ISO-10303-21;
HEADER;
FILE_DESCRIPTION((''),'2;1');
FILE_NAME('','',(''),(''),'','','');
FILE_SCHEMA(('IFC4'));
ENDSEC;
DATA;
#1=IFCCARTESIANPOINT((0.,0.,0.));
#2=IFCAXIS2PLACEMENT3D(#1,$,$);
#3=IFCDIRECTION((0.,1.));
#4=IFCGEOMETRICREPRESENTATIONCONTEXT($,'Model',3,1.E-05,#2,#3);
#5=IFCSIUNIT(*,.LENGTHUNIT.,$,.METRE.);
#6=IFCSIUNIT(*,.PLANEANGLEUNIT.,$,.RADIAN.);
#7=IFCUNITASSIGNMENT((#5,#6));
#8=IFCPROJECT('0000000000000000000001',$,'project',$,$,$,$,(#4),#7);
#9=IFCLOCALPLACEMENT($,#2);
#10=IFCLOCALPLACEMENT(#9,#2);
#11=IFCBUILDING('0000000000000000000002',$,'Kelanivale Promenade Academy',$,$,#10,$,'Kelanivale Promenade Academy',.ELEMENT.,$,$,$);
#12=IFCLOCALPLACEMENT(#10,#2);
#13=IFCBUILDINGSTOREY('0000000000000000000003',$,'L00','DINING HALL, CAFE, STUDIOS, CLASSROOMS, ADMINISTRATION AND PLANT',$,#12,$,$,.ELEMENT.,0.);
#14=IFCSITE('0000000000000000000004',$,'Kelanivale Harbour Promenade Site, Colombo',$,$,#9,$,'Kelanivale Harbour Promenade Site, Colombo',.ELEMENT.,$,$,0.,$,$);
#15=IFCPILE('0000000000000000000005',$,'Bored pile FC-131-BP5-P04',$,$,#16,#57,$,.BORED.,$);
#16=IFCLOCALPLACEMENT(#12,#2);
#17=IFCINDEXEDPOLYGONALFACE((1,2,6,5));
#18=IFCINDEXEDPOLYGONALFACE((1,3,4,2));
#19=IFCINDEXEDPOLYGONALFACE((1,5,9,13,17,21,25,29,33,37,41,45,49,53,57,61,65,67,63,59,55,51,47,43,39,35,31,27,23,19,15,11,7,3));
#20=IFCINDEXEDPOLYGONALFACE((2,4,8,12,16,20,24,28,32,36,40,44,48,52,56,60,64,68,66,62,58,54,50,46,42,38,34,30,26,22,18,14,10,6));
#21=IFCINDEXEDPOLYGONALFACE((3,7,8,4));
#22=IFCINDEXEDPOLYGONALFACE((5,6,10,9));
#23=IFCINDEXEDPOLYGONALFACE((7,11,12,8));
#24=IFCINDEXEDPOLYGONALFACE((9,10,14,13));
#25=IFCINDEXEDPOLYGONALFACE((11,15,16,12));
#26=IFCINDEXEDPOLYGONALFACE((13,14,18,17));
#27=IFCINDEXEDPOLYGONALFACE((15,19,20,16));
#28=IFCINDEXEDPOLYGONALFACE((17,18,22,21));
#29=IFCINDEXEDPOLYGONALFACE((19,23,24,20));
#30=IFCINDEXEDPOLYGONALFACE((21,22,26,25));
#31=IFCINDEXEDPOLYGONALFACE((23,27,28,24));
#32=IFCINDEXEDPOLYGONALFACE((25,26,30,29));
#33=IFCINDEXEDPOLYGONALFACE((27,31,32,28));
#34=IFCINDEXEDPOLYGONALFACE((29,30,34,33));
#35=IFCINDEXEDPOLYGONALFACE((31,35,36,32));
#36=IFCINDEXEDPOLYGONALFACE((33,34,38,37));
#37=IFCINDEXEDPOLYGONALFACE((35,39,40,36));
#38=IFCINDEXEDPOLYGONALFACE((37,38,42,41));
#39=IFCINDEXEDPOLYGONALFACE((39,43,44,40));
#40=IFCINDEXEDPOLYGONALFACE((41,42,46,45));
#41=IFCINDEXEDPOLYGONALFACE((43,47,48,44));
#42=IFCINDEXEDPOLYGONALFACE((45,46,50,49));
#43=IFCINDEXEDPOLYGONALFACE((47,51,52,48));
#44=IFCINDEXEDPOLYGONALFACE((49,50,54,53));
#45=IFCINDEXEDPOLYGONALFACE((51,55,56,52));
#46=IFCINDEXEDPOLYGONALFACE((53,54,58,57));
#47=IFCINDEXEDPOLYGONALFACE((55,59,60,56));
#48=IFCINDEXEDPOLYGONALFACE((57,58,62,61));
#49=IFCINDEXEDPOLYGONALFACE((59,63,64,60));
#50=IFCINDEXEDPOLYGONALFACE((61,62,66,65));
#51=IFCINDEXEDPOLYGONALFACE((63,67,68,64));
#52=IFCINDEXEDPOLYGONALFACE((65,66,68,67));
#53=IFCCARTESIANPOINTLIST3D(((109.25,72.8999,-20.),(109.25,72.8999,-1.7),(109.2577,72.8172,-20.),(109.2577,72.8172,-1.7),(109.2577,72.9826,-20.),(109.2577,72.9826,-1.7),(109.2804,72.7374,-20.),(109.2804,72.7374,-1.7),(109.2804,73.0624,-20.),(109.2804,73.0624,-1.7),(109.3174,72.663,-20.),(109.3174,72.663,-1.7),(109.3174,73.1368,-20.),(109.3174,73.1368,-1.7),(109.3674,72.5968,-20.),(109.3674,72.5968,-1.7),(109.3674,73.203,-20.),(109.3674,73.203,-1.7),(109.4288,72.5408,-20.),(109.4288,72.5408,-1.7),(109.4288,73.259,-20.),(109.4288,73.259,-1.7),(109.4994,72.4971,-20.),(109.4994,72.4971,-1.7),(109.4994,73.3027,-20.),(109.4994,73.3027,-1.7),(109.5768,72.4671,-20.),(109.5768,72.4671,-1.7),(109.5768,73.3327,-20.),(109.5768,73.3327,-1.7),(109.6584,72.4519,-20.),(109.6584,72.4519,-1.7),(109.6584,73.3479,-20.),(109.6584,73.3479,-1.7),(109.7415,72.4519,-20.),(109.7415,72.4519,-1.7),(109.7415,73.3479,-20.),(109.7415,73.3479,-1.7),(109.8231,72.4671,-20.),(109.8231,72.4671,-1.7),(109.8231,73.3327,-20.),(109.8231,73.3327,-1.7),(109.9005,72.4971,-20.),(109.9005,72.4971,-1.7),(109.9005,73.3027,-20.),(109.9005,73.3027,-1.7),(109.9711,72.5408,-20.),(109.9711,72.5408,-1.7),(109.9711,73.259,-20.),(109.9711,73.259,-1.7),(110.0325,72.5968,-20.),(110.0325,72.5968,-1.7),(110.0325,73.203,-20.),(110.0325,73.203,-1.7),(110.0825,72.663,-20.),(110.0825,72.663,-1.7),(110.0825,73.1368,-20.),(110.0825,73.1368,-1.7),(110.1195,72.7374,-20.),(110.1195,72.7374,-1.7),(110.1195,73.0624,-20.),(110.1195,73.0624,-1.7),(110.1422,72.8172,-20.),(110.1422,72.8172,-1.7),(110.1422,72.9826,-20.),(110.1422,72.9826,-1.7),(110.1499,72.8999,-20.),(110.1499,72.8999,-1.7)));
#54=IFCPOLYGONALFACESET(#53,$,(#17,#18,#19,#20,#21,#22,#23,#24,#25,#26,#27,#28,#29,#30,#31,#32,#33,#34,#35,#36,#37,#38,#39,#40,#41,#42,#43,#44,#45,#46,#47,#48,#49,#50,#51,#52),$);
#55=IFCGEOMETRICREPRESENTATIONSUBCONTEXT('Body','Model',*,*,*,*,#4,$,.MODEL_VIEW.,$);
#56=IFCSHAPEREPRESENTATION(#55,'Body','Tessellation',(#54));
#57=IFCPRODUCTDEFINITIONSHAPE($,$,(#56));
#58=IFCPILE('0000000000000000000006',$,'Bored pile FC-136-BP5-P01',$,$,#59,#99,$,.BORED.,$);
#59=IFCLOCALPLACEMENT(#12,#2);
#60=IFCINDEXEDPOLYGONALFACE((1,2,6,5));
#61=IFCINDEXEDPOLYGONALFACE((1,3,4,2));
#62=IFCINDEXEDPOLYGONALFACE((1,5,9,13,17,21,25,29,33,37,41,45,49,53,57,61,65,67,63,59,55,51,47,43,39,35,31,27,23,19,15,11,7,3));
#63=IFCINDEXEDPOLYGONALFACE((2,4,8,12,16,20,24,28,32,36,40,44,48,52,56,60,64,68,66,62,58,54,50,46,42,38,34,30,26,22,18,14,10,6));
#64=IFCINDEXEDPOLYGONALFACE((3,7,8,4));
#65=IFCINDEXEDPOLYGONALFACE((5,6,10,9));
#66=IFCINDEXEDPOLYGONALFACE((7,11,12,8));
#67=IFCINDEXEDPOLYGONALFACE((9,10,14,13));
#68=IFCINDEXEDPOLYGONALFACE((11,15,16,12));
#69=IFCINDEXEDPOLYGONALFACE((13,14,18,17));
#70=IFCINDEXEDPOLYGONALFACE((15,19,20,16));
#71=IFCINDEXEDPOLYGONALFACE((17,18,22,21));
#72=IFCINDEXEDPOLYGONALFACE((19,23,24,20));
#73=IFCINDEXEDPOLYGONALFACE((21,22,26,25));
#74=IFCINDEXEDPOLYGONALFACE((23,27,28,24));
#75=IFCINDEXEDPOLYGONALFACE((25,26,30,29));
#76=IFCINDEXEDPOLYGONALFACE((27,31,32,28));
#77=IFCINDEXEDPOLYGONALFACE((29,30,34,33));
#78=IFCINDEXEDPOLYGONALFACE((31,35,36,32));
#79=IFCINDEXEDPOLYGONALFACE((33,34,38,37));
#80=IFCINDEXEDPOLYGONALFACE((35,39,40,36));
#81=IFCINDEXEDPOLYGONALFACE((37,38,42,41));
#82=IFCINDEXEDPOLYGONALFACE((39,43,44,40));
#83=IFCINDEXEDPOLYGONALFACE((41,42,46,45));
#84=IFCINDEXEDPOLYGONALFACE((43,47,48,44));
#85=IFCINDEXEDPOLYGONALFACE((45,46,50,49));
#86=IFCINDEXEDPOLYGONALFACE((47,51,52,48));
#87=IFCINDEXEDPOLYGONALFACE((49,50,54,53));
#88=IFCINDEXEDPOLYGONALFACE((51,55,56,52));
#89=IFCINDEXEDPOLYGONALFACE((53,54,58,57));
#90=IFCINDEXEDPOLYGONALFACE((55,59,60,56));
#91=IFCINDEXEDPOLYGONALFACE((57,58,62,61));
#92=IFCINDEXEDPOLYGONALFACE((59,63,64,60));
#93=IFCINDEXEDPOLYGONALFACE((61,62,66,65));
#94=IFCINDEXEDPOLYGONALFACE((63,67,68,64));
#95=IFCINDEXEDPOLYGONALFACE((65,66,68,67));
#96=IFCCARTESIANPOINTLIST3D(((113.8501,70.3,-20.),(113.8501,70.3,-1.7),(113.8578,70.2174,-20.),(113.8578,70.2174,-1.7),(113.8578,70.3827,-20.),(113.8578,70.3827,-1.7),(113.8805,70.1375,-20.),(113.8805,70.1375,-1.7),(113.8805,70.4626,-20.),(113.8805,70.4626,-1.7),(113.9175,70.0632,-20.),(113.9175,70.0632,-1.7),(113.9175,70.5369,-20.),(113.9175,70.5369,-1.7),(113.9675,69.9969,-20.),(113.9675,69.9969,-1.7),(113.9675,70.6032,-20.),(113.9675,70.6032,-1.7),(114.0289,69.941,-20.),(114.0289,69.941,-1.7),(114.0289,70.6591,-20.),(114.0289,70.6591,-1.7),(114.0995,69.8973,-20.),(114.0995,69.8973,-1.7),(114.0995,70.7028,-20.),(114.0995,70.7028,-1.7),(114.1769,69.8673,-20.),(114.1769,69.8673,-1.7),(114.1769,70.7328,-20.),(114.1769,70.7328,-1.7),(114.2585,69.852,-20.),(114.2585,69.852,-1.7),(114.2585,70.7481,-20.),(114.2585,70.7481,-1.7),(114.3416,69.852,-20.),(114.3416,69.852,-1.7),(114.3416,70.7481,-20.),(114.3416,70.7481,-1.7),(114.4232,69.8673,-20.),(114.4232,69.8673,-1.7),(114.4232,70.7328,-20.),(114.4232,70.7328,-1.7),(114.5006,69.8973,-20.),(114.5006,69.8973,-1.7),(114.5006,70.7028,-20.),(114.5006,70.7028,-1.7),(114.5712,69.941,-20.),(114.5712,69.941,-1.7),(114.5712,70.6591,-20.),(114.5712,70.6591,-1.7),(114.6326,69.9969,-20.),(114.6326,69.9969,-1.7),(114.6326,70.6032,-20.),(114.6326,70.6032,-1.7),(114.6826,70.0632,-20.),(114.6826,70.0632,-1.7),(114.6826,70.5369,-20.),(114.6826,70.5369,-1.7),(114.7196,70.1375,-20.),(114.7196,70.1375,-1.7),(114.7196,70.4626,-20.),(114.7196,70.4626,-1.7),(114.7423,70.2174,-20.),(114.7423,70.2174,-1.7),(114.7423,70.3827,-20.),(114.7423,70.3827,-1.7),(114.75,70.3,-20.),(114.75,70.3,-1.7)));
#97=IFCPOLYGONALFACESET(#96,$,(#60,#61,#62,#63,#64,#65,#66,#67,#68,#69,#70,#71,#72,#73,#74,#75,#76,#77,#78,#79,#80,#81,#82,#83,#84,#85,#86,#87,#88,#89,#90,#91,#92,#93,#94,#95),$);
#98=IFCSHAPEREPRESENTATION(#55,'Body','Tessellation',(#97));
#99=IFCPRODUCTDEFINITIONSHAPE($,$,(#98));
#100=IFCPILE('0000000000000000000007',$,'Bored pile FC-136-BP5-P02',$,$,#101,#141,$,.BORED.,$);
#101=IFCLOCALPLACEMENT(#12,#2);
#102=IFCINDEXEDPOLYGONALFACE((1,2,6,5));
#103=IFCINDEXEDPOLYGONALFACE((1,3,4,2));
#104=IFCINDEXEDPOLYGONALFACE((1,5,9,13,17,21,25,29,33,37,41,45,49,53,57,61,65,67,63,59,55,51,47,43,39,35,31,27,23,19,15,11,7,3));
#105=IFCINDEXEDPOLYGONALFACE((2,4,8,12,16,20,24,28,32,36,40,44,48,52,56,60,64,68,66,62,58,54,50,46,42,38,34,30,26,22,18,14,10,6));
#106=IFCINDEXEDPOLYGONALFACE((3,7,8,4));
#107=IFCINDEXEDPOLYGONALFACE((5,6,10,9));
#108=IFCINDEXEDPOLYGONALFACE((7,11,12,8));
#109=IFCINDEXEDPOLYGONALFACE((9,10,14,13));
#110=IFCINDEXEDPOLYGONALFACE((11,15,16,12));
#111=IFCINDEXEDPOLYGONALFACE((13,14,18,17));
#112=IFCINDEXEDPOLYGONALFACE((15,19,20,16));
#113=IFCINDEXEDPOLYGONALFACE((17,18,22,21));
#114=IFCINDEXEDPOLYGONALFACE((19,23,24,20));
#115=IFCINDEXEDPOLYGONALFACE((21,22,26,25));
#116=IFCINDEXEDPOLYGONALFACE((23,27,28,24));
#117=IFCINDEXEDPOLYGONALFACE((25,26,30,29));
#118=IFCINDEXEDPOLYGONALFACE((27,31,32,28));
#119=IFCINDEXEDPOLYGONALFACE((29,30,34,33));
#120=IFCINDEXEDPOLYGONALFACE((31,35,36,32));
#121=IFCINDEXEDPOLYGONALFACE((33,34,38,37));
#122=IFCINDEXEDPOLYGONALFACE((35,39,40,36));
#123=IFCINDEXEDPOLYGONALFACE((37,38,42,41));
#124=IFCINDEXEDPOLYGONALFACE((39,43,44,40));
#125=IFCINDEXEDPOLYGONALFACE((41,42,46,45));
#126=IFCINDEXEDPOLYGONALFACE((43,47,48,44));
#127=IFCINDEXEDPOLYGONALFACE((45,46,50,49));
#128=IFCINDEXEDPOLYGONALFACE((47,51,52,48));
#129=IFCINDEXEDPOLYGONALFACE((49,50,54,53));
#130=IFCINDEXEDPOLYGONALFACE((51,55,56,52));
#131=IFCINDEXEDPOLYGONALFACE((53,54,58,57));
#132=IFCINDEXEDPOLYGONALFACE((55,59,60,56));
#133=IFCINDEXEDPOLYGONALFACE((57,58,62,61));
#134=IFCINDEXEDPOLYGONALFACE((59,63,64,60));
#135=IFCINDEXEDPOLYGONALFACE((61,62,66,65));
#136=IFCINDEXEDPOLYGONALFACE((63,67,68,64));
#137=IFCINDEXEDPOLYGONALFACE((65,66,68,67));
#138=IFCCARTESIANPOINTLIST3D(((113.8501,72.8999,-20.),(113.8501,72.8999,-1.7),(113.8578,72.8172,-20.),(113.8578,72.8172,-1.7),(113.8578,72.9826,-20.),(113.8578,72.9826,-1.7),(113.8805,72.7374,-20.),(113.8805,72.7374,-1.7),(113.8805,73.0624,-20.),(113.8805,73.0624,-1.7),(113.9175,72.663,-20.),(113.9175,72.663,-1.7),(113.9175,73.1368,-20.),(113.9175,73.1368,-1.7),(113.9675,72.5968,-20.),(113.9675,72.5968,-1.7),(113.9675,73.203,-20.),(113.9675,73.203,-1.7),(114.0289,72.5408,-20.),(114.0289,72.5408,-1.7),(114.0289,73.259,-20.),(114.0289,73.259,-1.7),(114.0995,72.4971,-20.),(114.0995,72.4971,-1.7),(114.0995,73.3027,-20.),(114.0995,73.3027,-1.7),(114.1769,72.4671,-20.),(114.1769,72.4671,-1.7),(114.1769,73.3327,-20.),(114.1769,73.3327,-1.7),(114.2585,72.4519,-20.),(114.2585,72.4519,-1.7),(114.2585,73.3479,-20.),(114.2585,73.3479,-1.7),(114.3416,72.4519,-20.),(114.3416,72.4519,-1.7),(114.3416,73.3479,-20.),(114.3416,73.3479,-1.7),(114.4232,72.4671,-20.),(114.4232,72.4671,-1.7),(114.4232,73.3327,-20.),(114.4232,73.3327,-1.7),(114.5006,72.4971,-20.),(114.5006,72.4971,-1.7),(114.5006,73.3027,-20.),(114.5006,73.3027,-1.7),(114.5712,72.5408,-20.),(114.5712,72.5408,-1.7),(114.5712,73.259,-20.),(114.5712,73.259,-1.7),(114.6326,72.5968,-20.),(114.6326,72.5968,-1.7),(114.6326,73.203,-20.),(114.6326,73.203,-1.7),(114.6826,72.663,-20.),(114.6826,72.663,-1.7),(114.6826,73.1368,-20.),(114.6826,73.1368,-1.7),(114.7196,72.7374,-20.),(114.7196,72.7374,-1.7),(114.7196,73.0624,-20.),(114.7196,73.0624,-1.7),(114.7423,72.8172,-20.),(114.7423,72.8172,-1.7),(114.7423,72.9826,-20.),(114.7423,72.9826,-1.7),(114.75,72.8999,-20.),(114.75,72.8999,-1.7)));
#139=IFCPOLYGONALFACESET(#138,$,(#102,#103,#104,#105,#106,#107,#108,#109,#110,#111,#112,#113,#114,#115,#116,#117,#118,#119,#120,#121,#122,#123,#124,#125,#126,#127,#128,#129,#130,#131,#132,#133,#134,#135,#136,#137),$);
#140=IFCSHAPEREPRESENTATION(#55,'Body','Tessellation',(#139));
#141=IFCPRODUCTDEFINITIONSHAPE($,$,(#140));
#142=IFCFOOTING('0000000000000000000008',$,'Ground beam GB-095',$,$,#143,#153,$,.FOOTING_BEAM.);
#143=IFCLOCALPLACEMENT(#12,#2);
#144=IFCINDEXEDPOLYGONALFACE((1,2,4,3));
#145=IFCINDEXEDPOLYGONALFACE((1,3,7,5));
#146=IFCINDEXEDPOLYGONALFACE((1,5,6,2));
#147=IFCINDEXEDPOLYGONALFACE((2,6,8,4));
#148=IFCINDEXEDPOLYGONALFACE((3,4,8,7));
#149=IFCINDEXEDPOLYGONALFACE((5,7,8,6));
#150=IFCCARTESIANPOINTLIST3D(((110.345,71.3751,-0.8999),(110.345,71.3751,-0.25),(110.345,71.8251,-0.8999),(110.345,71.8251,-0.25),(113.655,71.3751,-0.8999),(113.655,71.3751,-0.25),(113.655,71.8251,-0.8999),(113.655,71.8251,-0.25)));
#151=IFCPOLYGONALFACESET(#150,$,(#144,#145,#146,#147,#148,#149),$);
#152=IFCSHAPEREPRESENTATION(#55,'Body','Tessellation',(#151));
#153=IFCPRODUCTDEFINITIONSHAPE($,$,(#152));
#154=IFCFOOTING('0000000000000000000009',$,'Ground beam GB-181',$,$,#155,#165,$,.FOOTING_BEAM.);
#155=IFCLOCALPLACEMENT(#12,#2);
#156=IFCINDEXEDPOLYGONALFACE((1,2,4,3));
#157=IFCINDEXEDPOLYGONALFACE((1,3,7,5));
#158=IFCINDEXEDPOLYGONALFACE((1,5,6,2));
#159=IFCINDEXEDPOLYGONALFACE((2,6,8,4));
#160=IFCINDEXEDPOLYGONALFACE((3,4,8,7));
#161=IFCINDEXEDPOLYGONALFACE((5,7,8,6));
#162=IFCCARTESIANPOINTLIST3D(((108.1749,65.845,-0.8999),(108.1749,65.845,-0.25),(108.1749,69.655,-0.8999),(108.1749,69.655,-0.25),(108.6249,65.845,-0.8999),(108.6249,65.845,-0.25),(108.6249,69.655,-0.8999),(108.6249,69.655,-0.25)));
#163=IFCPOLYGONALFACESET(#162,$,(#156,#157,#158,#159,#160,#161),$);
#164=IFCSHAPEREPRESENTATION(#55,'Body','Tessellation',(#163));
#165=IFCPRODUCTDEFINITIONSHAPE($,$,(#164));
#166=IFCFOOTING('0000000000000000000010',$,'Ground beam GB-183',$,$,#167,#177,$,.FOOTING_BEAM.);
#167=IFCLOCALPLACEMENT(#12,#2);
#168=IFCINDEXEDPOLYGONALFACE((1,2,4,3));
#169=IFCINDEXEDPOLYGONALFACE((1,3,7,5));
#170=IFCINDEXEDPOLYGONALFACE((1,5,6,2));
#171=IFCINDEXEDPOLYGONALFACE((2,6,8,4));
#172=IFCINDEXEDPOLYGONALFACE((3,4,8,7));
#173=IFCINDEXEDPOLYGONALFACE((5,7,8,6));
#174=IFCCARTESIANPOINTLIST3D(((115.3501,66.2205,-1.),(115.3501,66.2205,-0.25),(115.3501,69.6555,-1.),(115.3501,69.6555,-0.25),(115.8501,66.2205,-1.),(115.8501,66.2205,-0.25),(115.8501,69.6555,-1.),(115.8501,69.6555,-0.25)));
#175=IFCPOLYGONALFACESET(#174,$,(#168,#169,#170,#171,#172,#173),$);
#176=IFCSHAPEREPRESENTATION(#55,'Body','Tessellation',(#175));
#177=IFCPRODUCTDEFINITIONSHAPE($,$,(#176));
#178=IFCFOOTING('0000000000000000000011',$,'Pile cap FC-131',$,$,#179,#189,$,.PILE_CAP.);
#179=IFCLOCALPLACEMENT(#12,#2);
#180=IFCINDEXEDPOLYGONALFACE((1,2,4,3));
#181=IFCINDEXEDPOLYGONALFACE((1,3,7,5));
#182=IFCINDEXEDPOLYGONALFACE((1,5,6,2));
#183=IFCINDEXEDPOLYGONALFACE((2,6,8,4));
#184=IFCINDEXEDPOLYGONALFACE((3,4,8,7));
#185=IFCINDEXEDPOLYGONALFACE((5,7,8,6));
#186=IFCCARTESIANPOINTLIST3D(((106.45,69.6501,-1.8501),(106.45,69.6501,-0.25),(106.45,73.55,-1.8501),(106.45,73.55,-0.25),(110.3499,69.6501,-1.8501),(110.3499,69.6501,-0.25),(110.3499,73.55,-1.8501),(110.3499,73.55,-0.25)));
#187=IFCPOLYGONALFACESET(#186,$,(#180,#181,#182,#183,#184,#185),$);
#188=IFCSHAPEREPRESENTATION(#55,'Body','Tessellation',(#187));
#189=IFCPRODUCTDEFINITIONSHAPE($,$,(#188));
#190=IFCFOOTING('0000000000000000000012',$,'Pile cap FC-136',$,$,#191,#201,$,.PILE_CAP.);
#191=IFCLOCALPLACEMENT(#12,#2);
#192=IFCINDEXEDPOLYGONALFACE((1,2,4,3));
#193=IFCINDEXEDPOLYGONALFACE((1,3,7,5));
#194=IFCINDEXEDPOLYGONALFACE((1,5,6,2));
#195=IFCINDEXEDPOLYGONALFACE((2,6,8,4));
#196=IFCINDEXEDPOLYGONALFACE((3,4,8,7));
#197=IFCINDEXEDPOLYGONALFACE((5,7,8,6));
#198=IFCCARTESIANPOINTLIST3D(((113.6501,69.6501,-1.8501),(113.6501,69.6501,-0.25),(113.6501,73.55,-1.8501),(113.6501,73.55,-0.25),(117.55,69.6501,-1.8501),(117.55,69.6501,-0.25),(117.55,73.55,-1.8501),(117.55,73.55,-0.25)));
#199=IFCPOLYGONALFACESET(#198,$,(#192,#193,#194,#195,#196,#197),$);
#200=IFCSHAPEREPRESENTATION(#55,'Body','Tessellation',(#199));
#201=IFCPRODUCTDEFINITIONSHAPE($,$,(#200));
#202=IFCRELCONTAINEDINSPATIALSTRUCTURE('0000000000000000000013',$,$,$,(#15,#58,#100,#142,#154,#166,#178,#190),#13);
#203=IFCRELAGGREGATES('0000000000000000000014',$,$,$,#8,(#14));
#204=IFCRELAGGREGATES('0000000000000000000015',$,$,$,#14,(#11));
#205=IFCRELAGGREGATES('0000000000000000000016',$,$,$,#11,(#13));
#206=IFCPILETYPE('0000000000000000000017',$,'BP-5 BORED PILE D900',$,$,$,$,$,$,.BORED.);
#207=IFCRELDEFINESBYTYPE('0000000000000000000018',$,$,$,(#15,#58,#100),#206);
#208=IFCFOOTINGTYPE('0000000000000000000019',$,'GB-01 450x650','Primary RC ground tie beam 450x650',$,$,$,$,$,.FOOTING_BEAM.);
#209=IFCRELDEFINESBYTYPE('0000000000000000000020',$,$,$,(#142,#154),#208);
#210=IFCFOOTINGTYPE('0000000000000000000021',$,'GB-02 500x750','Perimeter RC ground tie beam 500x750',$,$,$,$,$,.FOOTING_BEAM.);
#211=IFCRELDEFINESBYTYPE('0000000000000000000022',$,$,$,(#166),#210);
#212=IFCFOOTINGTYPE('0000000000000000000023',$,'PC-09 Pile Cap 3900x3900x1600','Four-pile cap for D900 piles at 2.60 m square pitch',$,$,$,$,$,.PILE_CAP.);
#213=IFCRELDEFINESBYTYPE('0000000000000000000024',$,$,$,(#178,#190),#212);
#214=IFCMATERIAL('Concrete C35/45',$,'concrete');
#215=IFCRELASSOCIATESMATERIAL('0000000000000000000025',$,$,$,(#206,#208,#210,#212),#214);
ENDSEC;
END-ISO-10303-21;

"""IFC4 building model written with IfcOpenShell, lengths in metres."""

from ifc_helpers import new_model, si_unit, direction, frame, origin, origin_2d, place, context, subcontext, project, spatial, rectangle, circle, extrude, material, material_profile, profile_set, type_object, element, save


model = new_model("IFC4")

# Units and contexts
model_context = context("Model", 3, precision=1e-05, world=origin(), true_north=direction((0.0, 1.0)))
body_context = subcontext(model_context, "Body", "Model", "MODEL_VIEW")
ifc_project = project(units=[si_unit("LENGTHUNIT", "METRE"), si_unit("PLANEANGLEUNIT", "RADIAN")], contexts=[model_context])

# Site, building, storey
site_placement = place(None, origin())
site = spatial("IfcSite", under=ifc_project, at=site_placement, Name="Kelanivale Harbour Promenade Site, Colombo", LongName="Kelanivale Harbour Promenade Site, Colombo", CompositionType="ELEMENT", RefElevation=0.0)
building_placement = place(site_placement, origin())
building = spatial("IfcBuilding", under=site, at=building_placement, Name="Kelanivale Promenade Academy", LongName="Kelanivale Promenade Academy", CompositionType="ELEMENT")
storey_placement = place(building_placement, origin())
storey = spatial("IfcBuildingStorey", under=building, at=storey_placement, Name="L00", Description="DINING HALL, CAFE, STUDIOS, CLASSROOMS, ADMINISTRATION AND PLANT", CompositionType="ELEMENT", Elevation=0.0)

# Piles
ifc_material_1 = material(Name="Concrete C35/45", Category="concrete")
ifc_material_profile_1 = material_profile(ifc_material_1, circle(Radius=0.45, at=origin_2d()), Name="BORED PILE D900")
ifc_profile_set_1 = profile_set([ifc_material_profile_1], Name="Concrete C35/45")
pile_type_1 = type_object("IfcPileType", Name="BP-5 BORED PILE D900", PredefinedType="BORED", material=ifc_profile_set_1)
for number, where, z_axis, x_axis, name in (
    (1, (109.7, 72.8999, -1.7), (0.0, 0.0, -1.0), (1.0, 0.0, 0.0), "Bored pile FC-131-BP5-P04"),
    (2, (114.3, 70.3, -1.7), (0.0, 0.0, -1.0), (1.0, 0.0, 0.0), "Bored pile FC-136-BP5-P01"),
    (3, (114.3, 72.8999, -1.7), (0.0, 0.0, -1.0), (1.0, 0.0, 0.0), "Bored pile FC-136-BP5-P02"),
):
    element("IfcPile", number, at=place(storey_placement, frame(where, z_axis=z_axis, x_axis=x_axis)), inside=storey, type_object=pile_type_1, Name=name, PredefinedType="BORED", context=body_context, shape_type="SweptSolid", body=[
        extrude(circle(Radius=0.45, at=origin_2d()), origin(), (0.0, 0.0, 1.0), 18.3),
    ])

# Footings
footing_type_1 = type_object("IfcFootingType", Name="GB-01 450x650", Description="Primary RC ground tie beam 450x650", PredefinedType="FOOTING_BEAM", material=ifc_material_1)
footing_1_placement = place(storey_placement, frame((112.0, 71.6001, -0.8999), z_axis=(0.0, 0.0, 1.0), x_axis=(1.0, 0.0, 0.0)))
element("IfcFooting", 4, at=footing_1_placement, inside=storey, type_object=footing_type_1, Name="Ground beam GB-095", PredefinedType="FOOTING_BEAM", context=body_context, shape_type="SweptSolid", body=[
    extrude(rectangle(XDim=3.3101, YDim=0.45, at=origin_2d()), origin(), (0.0, 0.0, 1.0), 0.6499),
])
footing_2_placement = place(storey_placement, frame((108.3999, 67.75, -0.8999), z_axis=(0.0, 0.0, 1.0), x_axis=(0.0, 1.0, 0.0)))
element("IfcFooting", 5, at=footing_2_placement, inside=storey, type_object=footing_type_1, Name="Ground beam GB-181", PredefinedType="FOOTING_BEAM", context=body_context, shape_type="SweptSolid", body=[
    extrude(rectangle(XDim=3.8101, YDim=0.45, at=origin_2d()), origin(), (0.0, 0.0, 1.0), 0.6499),
])
footing_type_2 = type_object("IfcFootingType", Name="GB-02 500x750", Description="Perimeter RC ground tie beam 500x750", PredefinedType="FOOTING_BEAM", material=ifc_material_1)
footing_3_placement = place(storey_placement, frame((115.6001, 67.938, -1.0), z_axis=(0.0, 0.0, 1.0), x_axis=(0.0, 1.0, 0.0)))
element("IfcFooting", 6, at=footing_3_placement, inside=storey, type_object=footing_type_2, Name="Ground beam GB-183", PredefinedType="FOOTING_BEAM", context=body_context, shape_type="SweptSolid", body=[
    extrude(rectangle(XDim=3.4351, YDim=0.5, at=origin_2d()), origin(), (0.0, 0.0, 1.0), 0.75),
])
footing_type_3 = type_object("IfcFootingType", Name="PC-09 Pile Cap 3900x3900x1600", Description="Four-pile cap for D900 piles at 2.60 m square pitch", PredefinedType="PILE_CAP", material=ifc_material_1)
for number, where, z_axis, x_axis, name in (
    (7, (108.3999, 71.6001, -1.8501), (0.0, 0.0, 1.0), (1.0, 0.0, 0.0), "Pile cap FC-131"),
    (8, (115.6001, 71.6001, -1.8501), (0.0, 0.0, 1.0), (1.0, 0.0, 0.0), "Pile cap FC-136"),
):
    element("IfcFooting", number, at=place(storey_placement, frame(where, z_axis=z_axis, x_axis=x_axis)), inside=storey, type_object=footing_type_3, Name=name, PredefinedType="PILE_CAP", context=body_context, shape_type="SweptSolid", body=[
        extrude(rectangle(XDim=3.8999, YDim=3.8999, at=origin_2d()), origin(), (0.0, 0.0, 1.0), 1.6001),
    ])

save(model, "model.ifc")
